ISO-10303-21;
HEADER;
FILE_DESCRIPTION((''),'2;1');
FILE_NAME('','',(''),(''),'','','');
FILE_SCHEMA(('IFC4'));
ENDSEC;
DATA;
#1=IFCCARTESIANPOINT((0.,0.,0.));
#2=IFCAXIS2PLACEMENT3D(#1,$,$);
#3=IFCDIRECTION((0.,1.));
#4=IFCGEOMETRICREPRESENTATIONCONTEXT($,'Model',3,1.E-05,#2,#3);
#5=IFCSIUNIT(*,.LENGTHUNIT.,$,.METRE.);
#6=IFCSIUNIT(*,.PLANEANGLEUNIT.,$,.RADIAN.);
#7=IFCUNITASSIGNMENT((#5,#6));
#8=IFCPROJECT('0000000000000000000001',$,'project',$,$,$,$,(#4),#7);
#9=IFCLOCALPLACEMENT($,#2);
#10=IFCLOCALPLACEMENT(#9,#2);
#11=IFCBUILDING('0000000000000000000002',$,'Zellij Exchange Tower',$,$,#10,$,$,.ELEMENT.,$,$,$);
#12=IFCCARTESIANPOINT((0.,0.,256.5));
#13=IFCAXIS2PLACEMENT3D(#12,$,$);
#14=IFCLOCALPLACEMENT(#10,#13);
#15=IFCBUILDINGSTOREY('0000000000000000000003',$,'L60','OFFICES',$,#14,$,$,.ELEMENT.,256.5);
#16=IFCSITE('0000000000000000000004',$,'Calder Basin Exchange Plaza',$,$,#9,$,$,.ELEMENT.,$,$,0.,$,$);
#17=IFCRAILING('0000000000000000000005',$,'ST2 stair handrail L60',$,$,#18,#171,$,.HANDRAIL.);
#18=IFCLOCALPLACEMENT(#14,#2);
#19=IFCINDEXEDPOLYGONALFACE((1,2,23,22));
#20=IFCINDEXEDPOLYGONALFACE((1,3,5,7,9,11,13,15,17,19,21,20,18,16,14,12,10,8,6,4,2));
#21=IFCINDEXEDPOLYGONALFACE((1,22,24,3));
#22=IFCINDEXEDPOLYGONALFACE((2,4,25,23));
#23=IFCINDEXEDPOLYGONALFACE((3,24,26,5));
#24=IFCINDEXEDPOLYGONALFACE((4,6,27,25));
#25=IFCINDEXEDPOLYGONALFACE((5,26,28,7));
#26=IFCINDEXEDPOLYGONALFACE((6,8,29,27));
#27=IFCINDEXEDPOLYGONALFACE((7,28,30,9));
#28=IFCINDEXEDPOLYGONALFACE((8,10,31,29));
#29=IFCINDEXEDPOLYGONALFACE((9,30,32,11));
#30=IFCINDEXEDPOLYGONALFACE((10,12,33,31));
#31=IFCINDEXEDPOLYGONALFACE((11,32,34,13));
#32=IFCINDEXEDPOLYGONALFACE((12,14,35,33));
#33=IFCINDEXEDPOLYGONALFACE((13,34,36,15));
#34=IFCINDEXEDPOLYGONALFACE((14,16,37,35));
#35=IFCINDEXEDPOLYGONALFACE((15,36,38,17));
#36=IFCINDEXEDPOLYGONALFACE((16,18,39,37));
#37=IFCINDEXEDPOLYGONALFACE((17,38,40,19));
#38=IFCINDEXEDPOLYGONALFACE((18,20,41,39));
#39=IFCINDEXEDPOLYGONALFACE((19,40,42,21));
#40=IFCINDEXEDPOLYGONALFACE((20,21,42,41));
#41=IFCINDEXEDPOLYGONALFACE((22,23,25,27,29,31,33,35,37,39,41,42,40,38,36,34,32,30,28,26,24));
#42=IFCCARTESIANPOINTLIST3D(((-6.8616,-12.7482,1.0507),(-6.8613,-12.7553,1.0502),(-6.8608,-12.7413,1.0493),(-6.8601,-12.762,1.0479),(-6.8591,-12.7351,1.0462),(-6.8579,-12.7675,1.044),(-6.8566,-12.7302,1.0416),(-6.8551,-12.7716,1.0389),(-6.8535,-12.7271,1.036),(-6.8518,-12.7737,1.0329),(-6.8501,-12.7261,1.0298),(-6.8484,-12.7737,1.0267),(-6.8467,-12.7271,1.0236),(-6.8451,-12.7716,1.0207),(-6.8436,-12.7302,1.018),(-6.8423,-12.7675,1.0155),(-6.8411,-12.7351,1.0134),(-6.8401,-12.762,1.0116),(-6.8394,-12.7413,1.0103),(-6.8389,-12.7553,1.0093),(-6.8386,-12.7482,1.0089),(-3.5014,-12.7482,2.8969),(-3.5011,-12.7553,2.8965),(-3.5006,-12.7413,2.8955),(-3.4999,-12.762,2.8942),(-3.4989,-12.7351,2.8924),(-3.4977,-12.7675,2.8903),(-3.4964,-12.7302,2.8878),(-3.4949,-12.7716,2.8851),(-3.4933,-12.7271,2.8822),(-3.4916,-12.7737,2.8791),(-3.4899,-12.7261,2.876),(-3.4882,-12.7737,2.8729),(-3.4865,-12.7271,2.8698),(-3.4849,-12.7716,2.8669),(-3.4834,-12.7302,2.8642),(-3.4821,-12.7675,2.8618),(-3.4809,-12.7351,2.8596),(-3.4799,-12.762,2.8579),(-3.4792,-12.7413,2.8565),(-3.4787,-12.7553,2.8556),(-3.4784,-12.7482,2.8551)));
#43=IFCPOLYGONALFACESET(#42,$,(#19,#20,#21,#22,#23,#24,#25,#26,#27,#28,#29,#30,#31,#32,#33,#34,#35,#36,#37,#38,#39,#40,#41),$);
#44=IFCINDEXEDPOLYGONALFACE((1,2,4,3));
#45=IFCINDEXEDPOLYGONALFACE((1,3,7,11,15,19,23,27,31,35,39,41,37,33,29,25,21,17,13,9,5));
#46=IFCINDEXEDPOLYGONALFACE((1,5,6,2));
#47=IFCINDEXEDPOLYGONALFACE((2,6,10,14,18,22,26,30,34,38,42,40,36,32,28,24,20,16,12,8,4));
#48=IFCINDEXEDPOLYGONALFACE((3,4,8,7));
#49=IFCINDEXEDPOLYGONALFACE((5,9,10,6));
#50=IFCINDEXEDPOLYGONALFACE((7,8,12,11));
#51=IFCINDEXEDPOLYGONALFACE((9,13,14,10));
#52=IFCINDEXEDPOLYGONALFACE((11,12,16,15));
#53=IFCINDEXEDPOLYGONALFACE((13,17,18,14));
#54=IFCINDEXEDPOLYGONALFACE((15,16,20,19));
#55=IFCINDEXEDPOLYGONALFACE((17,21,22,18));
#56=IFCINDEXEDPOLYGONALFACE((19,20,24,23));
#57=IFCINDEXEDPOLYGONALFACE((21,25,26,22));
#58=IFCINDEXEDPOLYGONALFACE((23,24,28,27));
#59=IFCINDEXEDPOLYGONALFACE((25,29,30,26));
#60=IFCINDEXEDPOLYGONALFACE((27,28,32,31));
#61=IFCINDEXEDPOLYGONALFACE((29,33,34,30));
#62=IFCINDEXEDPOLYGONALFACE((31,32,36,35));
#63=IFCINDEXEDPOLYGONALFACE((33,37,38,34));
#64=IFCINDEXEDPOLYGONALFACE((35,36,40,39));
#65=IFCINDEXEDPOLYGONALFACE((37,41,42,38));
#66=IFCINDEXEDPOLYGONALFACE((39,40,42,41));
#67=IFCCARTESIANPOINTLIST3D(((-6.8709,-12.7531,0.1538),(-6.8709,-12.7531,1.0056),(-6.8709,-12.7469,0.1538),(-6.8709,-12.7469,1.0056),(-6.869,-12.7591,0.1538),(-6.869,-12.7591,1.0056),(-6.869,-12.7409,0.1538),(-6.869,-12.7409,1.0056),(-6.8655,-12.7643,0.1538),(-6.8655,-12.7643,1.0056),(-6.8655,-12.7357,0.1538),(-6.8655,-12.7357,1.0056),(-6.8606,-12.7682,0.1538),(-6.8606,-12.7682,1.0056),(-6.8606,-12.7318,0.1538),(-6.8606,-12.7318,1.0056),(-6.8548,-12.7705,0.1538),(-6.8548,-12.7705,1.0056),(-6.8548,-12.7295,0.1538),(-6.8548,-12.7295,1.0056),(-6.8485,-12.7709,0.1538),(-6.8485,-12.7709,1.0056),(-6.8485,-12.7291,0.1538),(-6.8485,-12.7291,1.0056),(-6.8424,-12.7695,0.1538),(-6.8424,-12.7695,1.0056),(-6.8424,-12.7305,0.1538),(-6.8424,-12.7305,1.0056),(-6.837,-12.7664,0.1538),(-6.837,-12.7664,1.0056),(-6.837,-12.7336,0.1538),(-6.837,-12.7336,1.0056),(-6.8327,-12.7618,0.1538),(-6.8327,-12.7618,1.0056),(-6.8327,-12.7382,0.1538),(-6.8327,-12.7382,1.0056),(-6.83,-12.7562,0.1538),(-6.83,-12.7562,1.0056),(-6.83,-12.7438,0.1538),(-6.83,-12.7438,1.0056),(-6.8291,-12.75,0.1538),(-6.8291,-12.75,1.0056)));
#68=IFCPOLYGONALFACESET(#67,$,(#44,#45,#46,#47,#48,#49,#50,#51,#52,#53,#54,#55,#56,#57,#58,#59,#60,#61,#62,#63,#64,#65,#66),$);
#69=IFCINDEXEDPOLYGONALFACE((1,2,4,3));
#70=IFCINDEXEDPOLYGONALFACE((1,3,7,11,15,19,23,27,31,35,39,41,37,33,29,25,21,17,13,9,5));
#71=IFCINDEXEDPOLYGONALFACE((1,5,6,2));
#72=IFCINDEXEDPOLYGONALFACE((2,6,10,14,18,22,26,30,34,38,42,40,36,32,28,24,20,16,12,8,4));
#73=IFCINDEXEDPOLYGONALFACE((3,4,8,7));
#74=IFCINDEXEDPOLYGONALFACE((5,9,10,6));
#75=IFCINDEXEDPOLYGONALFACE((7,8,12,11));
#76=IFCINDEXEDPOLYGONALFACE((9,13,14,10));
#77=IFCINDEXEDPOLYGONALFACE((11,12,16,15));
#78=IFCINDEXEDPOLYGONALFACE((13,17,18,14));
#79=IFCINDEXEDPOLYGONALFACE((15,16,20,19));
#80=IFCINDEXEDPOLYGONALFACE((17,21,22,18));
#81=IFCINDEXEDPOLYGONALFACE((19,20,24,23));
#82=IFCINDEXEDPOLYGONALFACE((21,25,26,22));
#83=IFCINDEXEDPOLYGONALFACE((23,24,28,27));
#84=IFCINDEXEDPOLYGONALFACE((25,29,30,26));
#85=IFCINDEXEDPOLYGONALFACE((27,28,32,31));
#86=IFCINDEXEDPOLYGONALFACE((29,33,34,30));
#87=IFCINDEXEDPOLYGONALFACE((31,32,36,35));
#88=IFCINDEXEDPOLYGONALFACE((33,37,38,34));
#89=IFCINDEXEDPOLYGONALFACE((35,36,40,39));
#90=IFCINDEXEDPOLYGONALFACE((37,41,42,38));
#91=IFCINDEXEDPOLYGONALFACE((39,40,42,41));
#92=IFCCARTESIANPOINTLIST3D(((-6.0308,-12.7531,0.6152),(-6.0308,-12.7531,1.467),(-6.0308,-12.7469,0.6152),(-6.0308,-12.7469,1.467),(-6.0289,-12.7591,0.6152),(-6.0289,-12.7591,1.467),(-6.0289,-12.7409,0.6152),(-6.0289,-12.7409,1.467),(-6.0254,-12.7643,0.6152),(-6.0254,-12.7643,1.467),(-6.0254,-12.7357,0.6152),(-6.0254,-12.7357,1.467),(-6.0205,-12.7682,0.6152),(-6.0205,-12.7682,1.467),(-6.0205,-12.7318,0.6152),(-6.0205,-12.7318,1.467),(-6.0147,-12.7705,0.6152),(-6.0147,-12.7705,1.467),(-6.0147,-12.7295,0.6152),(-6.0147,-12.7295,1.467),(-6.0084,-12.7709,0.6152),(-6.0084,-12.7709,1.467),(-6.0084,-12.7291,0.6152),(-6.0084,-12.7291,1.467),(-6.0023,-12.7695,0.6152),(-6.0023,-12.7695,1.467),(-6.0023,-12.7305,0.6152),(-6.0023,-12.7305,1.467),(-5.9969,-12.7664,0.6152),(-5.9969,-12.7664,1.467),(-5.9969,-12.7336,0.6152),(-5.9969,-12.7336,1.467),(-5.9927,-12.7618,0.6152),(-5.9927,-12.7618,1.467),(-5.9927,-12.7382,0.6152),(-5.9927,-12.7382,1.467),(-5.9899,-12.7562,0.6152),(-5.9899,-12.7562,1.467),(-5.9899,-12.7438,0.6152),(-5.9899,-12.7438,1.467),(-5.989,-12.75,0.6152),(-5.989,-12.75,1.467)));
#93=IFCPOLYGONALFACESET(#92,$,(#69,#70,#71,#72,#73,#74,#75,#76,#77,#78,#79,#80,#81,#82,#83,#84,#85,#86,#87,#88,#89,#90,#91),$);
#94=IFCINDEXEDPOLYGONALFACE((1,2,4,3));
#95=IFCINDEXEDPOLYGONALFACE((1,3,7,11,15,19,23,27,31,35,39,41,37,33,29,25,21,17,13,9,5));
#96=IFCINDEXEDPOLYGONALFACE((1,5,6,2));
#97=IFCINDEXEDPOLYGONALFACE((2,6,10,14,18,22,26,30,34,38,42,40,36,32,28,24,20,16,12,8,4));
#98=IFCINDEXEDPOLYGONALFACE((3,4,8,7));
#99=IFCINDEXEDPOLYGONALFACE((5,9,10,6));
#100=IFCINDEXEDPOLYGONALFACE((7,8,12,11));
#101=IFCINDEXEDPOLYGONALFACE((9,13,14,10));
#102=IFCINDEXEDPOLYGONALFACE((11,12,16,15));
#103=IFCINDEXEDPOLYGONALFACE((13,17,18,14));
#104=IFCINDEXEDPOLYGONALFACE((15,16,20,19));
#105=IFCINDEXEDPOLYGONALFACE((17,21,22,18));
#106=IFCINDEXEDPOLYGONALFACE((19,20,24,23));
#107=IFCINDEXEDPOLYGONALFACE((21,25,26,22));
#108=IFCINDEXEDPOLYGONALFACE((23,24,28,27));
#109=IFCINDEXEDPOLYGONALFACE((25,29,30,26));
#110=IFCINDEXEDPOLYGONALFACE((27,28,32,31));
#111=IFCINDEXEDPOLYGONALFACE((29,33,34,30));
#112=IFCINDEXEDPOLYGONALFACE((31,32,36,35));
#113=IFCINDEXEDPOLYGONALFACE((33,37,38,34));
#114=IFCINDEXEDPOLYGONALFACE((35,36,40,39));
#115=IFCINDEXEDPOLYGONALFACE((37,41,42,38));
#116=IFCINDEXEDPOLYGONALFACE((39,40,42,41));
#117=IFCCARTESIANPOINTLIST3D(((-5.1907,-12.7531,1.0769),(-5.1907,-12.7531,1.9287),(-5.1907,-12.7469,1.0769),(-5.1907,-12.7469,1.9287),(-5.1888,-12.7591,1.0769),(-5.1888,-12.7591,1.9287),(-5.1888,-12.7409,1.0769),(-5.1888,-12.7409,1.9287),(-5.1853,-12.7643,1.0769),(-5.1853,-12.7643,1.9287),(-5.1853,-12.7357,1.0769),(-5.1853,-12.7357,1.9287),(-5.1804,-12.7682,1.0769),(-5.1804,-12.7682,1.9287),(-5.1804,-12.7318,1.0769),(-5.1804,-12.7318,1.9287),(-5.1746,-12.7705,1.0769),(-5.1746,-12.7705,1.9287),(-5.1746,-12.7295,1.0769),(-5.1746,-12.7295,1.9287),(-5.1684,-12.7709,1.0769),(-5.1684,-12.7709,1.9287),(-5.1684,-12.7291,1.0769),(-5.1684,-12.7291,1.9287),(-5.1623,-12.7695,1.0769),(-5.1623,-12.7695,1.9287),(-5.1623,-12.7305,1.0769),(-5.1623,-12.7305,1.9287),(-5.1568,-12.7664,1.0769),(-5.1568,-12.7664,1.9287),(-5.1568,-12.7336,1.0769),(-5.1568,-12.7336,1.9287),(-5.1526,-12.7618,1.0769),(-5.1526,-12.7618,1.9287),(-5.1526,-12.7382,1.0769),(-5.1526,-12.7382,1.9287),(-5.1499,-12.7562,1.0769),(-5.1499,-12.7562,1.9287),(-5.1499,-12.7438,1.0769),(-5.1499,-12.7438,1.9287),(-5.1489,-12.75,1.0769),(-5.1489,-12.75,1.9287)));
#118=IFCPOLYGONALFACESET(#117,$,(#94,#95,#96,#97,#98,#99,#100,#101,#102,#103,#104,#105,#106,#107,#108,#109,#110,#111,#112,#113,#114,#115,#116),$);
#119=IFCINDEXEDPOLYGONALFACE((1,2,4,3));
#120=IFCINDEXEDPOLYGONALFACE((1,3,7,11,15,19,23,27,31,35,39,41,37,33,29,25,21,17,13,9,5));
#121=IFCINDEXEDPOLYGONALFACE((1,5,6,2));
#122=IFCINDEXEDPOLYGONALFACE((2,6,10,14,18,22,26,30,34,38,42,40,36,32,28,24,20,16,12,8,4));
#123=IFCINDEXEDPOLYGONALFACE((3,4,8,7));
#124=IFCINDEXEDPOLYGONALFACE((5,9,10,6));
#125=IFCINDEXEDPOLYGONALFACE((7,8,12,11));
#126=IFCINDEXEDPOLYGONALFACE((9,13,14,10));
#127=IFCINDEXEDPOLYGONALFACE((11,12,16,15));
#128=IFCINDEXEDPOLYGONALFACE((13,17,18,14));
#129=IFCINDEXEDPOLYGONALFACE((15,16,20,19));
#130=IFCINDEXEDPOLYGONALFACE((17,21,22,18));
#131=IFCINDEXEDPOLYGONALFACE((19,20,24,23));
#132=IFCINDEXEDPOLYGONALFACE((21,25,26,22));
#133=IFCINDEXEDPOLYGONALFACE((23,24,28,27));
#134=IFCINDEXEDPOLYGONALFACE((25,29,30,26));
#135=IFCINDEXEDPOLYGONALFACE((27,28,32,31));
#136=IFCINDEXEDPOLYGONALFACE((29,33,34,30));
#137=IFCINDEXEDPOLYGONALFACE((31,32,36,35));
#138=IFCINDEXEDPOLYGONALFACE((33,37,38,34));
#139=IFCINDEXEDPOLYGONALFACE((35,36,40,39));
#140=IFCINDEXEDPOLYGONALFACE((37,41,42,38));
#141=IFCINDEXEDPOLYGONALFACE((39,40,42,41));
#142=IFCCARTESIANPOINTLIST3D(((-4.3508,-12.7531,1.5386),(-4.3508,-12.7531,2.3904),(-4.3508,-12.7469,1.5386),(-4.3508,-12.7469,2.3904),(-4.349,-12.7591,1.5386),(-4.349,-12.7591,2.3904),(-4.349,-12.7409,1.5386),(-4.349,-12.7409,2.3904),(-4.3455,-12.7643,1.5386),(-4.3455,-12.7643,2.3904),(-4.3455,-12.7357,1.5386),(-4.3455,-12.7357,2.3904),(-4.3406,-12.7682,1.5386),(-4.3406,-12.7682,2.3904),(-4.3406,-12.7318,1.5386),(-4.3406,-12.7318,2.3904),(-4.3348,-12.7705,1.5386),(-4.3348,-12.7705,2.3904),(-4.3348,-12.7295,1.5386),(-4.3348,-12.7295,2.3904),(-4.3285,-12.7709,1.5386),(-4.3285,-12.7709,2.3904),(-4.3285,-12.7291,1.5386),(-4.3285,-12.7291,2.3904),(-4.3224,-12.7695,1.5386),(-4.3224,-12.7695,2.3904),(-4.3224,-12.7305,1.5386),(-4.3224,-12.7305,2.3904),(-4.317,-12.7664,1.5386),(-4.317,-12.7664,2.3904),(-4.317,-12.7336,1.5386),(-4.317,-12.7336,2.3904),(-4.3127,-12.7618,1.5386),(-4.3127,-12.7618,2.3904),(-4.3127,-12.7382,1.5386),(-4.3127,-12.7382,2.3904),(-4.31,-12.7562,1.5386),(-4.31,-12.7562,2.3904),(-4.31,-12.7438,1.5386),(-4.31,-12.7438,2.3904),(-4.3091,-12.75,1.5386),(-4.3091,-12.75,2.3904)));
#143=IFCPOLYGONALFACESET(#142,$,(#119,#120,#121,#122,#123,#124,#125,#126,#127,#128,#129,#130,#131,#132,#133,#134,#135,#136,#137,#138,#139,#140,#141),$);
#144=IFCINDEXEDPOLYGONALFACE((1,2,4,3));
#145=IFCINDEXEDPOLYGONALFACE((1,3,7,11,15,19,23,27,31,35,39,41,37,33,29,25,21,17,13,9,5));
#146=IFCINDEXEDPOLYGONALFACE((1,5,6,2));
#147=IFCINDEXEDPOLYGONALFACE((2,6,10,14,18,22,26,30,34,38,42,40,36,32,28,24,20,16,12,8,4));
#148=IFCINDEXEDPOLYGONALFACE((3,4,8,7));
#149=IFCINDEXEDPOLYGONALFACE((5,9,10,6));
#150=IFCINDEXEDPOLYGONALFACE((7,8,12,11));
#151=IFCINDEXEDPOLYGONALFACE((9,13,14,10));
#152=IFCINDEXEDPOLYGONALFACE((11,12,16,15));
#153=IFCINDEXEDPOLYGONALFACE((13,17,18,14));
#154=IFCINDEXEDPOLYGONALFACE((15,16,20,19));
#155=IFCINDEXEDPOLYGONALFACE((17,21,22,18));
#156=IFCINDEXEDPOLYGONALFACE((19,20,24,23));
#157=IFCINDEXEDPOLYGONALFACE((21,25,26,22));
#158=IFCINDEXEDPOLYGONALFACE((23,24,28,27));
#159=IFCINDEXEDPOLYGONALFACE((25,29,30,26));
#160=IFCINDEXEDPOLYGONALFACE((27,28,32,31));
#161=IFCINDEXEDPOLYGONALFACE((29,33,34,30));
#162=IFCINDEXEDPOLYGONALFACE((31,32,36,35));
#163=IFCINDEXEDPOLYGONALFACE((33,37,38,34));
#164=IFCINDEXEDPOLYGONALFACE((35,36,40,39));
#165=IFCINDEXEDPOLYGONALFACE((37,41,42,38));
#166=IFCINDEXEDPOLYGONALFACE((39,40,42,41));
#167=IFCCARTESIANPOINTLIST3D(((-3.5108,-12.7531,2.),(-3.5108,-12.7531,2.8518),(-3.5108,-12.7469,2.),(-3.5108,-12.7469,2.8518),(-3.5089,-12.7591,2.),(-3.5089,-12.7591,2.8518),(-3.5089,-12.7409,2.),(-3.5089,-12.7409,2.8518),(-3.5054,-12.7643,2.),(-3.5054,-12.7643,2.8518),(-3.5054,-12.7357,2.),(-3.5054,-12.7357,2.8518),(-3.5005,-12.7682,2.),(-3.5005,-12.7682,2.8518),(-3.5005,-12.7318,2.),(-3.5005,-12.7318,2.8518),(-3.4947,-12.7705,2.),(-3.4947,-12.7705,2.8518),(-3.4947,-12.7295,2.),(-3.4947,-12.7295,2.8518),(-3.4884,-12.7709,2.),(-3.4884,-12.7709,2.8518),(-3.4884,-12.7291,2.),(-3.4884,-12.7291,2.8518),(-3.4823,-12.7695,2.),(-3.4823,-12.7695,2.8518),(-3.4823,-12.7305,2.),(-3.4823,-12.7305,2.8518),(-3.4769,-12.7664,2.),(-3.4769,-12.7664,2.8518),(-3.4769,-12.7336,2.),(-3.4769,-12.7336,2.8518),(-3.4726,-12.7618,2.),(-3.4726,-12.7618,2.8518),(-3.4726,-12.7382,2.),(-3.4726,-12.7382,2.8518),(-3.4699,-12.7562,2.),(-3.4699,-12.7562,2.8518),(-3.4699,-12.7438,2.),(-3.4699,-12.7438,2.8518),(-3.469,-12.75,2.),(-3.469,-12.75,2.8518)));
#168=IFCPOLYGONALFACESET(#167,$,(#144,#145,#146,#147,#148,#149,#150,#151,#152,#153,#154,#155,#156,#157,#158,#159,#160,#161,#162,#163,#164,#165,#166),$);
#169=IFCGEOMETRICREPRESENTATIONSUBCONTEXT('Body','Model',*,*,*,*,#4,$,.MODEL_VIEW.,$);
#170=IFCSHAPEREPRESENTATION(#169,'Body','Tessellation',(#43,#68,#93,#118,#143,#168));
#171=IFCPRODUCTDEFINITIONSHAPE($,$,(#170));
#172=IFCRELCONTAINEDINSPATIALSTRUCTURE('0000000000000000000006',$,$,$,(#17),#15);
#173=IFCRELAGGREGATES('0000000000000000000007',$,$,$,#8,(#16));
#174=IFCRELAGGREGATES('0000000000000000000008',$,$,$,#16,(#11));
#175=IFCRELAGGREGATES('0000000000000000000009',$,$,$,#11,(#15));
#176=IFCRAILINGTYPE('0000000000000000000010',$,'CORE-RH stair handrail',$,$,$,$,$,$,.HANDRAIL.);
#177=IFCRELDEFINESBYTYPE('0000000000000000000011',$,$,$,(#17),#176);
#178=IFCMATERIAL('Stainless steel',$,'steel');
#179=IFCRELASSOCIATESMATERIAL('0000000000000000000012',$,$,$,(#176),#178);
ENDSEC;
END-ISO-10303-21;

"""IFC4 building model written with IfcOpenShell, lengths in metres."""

from ifc_helpers import new_model, si_unit, direction, frame, origin, origin_2d, place, context, subcontext, project, spatial, circle, extrude, material, type_object, element, save


model = new_model("IFC4")

# Units and contexts
model_context = context("Model", 3, precision=1e-05, world=origin(), true_north=direction((0.0, 1.0)))
body_context = subcontext(model_context, "Body", "Model", "MODEL_VIEW")
ifc_project = project(units=[si_unit("LENGTHUNIT", "METRE"), si_unit("PLANEANGLEUNIT", "RADIAN")], contexts=[model_context])

# Site, building, storey
site_placement = place(None, origin())
site = spatial("IfcSite", under=ifc_project, at=site_placement, Name="Calder Basin Exchange Plaza", CompositionType="ELEMENT", RefElevation=0.0)
building_placement = place(site_placement, origin())
building = spatial("IfcBuilding", under=site, at=building_placement, Name="Zellij Exchange Tower", CompositionType="ELEMENT")
storey_placement = place(building_placement, frame((0.0, 0.0, 256.5)))
storey = spatial("IfcBuildingStorey", under=building, at=storey_placement, Name="L60", Description="OFFICES", CompositionType="ELEMENT", Elevation=256.5)

# Railing
ifc_material_1 = material(Name="Stainless steel", Category="steel")
railing_type = type_object("IfcRailingType", Name="CORE-RH stair handrail", PredefinedType="HANDRAIL", material=ifc_material_1)
railing_1_placement = place(storey_placement, frame((-6.8501, -12.75, 0.1538)))
element("IfcRailing", 1, at=railing_1_placement, inside=storey, type_object=railing_type, Name="ST2 stair handrail L60", PredefinedType="HANDRAIL", context=body_context, shape_type="SweptSolid", body=[
    extrude(circle(Radius=0.0239, at=origin_2d()), frame((0.0, 0.0, 0.876), z_axis=(0.876422, 0.0, 0.481545), x_axis=(0.0, 1.0, 0.0)), (0.0, 0.0, 1.0), 3.834),
    extrude(circle(Radius=0.021, at=origin_2d()), origin(), (0.0, 0.0, 1.0), 0.8518),
    extrude(circle(Radius=0.021, at=origin_2d()), frame((0.8401, 0.0, 0.4614)), (0.0, 0.0, 1.0), 0.8518),
    extrude(circle(Radius=0.021, at=origin_2d()), frame((1.6802, 0.0, 0.9231)), (0.0, 0.0, 1.0), 0.8518),
    extrude(circle(Radius=0.021, at=origin_2d()), frame((2.52, 0.0, 1.3848)), (0.0, 0.0, 1.0), 0.8518),
    extrude(circle(Radius=0.021, at=origin_2d()), frame((3.3601, 0.0, 1.8462)), (0.0, 0.0, 1.0), 0.8518),
])

save(model, "model.ifc")
